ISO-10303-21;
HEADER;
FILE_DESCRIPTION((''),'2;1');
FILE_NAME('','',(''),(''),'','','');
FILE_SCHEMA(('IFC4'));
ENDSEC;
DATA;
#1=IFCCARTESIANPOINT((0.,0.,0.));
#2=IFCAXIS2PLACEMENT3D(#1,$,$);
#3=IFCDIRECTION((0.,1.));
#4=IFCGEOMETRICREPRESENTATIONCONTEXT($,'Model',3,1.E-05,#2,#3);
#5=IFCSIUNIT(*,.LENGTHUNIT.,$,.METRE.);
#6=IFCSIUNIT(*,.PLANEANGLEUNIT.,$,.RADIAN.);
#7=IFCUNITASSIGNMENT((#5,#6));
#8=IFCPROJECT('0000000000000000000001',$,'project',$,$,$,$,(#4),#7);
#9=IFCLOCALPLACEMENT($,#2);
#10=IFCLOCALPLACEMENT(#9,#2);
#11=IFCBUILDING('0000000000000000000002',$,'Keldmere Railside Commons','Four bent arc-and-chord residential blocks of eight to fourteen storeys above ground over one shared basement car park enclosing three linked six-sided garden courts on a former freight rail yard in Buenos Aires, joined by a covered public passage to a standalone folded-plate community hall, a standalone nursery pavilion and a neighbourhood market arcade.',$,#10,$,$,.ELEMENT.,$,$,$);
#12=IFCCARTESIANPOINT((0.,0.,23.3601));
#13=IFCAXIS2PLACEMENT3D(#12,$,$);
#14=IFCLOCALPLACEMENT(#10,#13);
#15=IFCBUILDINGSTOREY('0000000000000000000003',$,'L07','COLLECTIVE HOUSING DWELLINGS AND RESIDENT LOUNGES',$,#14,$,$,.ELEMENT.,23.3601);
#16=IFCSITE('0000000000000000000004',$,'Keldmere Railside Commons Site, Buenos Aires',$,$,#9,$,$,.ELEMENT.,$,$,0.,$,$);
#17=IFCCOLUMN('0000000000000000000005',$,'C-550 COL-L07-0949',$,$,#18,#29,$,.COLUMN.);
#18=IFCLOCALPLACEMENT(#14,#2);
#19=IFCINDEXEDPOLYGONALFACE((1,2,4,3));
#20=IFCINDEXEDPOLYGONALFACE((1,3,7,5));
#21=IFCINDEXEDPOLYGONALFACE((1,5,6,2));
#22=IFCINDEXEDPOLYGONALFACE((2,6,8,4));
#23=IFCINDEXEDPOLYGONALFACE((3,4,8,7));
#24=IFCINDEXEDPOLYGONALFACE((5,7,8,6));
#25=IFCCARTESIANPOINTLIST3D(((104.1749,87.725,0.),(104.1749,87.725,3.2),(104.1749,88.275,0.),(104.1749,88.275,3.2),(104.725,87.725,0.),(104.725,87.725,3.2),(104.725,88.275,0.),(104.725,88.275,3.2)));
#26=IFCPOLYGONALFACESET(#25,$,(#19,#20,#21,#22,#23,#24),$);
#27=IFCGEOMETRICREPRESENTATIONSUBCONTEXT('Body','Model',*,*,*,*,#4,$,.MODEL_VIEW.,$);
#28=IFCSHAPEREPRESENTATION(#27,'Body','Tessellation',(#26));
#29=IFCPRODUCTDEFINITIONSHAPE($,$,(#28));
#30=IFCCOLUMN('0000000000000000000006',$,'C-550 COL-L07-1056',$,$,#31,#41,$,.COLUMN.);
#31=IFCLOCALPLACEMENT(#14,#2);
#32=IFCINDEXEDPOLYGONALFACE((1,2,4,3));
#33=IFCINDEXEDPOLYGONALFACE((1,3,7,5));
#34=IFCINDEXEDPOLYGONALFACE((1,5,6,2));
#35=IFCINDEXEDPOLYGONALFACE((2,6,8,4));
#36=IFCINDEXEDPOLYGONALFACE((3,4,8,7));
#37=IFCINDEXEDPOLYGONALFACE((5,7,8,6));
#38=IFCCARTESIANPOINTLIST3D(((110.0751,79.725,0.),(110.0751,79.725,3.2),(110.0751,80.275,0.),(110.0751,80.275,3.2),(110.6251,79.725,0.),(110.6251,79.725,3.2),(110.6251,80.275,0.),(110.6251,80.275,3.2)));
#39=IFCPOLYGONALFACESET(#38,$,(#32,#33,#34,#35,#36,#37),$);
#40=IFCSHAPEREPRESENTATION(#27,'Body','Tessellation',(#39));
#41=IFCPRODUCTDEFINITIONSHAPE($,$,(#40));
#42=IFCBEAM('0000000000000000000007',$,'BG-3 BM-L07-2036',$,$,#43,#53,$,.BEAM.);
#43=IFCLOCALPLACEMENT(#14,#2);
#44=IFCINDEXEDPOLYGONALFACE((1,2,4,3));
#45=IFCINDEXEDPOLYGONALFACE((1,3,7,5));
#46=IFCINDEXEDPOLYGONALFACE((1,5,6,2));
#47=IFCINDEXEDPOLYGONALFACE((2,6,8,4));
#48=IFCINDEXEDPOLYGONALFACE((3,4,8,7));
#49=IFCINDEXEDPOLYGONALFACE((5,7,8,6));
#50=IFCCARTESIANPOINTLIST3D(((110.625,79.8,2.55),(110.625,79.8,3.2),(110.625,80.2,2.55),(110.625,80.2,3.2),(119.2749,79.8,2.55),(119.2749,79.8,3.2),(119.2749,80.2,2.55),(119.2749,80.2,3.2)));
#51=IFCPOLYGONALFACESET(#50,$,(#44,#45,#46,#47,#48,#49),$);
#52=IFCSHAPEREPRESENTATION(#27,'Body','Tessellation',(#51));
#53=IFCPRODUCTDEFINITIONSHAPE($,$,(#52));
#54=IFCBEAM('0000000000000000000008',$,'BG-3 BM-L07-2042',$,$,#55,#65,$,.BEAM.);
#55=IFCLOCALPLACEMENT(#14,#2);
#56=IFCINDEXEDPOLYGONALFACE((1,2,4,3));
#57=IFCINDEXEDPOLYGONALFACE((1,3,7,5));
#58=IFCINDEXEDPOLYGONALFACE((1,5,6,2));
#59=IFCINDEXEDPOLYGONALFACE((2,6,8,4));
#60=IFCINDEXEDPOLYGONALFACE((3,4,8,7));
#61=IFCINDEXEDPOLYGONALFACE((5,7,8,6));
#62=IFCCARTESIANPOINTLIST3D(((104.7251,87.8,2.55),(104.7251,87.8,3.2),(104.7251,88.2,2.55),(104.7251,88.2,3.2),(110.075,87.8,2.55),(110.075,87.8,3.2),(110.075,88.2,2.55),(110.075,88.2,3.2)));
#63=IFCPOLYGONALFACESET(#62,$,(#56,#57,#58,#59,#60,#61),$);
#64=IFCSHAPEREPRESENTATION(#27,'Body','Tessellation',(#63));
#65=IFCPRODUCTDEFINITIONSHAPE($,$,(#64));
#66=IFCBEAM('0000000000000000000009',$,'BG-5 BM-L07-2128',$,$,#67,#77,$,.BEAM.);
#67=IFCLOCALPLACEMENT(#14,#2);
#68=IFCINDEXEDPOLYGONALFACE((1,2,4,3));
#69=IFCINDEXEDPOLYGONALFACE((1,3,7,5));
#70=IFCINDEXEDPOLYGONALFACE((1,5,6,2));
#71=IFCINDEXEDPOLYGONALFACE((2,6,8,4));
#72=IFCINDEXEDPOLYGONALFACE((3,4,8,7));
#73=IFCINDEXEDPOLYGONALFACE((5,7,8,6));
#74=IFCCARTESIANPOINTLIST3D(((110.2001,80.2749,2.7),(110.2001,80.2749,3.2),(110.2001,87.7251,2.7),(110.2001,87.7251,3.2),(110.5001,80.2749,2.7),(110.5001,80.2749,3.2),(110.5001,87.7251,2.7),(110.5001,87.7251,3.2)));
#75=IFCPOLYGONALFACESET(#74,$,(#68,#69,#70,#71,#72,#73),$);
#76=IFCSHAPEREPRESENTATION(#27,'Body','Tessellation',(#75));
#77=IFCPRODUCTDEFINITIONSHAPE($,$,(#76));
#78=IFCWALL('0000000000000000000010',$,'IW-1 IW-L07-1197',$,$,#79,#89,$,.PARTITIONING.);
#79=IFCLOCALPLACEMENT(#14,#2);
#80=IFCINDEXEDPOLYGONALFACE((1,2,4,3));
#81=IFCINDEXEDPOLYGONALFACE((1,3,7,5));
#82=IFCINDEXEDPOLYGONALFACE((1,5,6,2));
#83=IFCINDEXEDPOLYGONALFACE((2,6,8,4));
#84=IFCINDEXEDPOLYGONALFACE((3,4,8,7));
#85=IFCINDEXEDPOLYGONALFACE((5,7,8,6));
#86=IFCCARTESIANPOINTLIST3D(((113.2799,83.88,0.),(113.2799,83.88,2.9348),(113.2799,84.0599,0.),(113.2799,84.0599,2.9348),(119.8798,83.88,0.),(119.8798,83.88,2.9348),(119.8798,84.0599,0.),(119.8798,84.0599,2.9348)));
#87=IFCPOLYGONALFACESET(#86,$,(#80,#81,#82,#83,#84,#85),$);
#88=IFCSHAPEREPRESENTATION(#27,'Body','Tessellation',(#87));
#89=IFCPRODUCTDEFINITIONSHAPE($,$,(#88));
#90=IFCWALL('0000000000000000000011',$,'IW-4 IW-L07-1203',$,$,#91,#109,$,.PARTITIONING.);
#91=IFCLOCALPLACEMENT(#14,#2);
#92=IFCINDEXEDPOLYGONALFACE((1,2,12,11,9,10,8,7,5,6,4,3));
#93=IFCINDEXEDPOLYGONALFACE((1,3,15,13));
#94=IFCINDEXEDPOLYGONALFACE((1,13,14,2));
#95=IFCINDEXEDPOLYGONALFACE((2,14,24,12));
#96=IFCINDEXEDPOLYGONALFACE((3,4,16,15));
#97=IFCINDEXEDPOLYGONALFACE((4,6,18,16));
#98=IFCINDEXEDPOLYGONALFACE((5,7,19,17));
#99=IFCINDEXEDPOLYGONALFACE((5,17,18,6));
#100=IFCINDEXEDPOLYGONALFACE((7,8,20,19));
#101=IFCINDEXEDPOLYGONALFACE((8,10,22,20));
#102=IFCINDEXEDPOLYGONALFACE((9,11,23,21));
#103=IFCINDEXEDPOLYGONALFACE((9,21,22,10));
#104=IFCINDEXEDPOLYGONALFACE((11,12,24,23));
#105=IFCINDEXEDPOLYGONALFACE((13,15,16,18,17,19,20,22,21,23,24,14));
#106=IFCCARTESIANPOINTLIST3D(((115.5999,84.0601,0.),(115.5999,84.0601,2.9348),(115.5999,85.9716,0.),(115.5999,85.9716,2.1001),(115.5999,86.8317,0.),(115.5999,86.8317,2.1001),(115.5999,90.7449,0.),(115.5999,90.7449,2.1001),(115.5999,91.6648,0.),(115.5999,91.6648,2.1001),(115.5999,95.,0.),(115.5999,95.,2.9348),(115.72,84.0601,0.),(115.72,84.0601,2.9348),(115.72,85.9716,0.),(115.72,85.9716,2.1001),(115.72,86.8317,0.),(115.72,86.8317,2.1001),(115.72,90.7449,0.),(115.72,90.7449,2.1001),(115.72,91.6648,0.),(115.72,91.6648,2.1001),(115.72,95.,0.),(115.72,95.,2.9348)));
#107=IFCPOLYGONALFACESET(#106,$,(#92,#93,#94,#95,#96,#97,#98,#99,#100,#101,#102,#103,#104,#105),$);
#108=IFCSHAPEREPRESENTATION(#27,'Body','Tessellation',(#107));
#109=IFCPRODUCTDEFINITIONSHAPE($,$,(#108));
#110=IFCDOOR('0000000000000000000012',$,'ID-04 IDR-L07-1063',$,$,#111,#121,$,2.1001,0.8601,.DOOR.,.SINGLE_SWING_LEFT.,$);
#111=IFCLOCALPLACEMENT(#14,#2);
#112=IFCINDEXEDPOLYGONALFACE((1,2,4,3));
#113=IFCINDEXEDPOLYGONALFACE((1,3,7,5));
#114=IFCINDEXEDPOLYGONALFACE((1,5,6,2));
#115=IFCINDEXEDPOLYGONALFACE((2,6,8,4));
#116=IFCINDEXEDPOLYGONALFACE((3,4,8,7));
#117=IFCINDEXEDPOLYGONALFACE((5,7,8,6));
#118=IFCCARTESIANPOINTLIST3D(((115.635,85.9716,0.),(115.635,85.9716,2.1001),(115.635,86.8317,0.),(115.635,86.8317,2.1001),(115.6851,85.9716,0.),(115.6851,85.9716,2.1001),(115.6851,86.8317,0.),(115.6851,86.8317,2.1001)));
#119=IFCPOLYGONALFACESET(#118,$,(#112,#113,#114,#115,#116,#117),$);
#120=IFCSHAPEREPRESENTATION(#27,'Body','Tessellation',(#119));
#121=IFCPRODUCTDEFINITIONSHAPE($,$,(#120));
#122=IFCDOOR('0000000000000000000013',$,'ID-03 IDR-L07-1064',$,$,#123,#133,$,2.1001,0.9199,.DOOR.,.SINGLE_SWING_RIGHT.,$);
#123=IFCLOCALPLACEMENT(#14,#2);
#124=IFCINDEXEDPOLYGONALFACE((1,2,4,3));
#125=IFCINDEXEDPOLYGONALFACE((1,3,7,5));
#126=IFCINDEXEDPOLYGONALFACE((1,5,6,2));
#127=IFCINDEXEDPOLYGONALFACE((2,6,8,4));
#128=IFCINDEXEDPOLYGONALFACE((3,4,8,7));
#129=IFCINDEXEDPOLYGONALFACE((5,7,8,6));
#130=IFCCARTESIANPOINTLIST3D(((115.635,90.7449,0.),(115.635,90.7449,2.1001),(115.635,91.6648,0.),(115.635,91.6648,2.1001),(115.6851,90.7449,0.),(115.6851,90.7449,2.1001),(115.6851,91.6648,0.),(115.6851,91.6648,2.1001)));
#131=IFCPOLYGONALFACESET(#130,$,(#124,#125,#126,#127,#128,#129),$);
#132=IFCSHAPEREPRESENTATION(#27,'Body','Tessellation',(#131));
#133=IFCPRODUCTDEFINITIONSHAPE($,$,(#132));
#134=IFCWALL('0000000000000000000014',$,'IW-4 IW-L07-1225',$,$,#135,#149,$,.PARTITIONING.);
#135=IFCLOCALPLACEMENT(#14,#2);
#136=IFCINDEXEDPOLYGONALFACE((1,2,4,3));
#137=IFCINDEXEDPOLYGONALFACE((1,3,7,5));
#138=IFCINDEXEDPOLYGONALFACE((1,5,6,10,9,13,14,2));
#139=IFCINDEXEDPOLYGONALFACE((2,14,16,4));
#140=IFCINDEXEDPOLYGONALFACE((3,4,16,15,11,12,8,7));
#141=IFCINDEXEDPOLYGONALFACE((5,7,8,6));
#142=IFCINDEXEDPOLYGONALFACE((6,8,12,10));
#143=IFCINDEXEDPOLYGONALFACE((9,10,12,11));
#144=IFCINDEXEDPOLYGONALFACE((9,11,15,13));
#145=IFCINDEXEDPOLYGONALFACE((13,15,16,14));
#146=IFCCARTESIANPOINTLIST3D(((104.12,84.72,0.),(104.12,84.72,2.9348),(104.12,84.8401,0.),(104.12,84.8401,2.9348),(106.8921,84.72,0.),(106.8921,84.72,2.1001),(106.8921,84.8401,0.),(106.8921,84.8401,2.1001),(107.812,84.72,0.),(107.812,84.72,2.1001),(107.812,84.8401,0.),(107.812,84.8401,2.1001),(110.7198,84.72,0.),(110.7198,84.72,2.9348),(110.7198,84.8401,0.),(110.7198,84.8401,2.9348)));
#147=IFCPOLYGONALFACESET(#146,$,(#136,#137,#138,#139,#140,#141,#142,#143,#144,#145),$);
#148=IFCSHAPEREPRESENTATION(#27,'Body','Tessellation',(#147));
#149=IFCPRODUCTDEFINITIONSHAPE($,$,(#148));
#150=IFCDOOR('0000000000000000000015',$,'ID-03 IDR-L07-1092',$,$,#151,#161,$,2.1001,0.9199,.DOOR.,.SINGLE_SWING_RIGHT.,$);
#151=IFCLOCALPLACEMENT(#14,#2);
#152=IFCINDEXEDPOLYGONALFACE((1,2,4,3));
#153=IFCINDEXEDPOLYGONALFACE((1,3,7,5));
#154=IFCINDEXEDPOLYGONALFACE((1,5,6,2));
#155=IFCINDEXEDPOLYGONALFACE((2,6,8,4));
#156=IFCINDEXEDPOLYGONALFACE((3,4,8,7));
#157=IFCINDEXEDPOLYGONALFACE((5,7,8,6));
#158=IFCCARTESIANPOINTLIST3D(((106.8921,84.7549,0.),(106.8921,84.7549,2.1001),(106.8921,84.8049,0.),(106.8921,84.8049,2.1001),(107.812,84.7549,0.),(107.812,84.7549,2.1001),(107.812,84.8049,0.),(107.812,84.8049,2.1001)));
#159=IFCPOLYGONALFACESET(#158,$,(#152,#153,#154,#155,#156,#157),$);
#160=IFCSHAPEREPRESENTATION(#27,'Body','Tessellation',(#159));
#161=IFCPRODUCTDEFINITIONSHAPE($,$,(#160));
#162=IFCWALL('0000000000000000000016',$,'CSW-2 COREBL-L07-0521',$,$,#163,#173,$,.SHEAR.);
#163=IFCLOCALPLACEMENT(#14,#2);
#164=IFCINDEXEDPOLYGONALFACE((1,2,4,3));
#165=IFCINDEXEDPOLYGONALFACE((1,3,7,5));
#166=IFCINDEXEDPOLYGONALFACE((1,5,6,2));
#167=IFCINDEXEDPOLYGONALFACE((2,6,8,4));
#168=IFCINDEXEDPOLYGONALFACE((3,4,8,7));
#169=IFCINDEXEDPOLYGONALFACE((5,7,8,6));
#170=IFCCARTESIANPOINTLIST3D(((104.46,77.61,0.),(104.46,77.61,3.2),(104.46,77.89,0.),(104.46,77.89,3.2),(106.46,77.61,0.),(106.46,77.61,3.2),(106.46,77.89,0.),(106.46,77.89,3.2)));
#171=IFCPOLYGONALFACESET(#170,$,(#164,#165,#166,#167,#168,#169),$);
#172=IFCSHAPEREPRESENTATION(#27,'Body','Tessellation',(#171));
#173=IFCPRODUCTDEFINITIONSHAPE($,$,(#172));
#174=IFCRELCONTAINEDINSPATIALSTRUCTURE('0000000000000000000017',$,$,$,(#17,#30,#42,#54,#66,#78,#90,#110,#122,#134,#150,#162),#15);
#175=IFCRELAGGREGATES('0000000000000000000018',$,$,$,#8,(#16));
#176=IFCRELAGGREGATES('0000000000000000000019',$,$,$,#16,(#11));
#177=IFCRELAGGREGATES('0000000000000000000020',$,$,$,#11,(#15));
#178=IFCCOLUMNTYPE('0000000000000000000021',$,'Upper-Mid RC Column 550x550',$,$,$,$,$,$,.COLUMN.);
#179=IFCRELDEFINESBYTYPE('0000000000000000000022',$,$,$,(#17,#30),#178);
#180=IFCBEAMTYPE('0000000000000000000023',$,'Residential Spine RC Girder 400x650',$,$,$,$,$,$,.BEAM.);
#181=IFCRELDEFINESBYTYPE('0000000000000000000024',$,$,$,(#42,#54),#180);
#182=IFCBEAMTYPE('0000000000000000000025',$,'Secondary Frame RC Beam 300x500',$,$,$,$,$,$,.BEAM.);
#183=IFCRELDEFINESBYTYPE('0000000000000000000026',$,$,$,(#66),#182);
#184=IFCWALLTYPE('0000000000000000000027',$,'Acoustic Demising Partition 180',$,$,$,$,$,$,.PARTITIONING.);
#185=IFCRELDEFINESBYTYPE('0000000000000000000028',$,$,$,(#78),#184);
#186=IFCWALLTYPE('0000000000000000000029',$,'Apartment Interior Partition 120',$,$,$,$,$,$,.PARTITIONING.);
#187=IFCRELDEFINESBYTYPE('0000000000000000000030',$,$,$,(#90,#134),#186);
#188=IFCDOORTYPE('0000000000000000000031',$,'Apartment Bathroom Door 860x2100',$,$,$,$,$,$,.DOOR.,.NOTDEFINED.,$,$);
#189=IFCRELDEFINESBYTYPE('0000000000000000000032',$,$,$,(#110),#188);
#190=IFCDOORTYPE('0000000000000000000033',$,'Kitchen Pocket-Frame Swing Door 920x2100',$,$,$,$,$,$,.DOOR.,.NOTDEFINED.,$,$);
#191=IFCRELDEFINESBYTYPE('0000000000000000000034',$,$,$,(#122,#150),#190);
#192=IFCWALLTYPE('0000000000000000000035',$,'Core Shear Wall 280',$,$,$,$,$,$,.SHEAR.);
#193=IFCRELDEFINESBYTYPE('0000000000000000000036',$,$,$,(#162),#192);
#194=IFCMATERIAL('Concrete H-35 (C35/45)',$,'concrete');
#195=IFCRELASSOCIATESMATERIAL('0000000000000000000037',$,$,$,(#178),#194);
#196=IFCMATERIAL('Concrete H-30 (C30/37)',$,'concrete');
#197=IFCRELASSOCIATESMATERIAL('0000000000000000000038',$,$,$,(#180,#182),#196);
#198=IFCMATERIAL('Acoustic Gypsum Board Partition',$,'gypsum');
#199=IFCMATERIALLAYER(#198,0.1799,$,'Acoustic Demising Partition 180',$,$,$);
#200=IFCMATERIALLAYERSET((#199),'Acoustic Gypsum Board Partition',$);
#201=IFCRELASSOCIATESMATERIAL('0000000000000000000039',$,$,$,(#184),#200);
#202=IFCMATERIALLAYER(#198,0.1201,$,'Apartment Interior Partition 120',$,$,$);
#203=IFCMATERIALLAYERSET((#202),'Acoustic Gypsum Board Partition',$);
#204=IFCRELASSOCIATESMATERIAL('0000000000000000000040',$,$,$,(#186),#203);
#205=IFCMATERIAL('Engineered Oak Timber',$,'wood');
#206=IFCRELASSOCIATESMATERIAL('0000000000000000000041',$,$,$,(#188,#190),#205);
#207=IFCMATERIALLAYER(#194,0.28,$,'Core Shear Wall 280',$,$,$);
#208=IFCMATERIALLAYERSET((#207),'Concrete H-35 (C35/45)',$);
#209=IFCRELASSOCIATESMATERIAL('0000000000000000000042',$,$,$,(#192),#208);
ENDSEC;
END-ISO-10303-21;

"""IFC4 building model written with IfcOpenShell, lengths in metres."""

from ifc_helpers import new_model, si_unit, direction, frame, frame_2d, origin, origin_2d, place, context, subcontext, project, spatial, rectangle, extrude, material, layer, layer_set, material_profile, profile_set, type_object, element, fill, save


model = new_model("IFC4")

# Units and contexts
model_context = context("Model", 3, precision=1e-05, world=origin(), true_north=direction((0.0, 1.0)))
body_context = subcontext(model_context, "Body", "Model", "MODEL_VIEW")
ifc_project = project(units=[si_unit("LENGTHUNIT", "METRE"), si_unit("PLANEANGLEUNIT", "RADIAN")], contexts=[model_context])

# Site, building, storey
site_placement = place(None, origin())
site = spatial("IfcSite", under=ifc_project, at=site_placement, Name="Keldmere Railside Commons Site, Buenos Aires", CompositionType="ELEMENT", RefElevation=0.0)
building_placement = place(site_placement, origin())
building = spatial("IfcBuilding", under=site, at=building_placement, Name="Keldmere Railside Commons", Description="Four bent arc-and-chord residential blocks of eight to fourteen storeys above ground over one shared basement car park enclosing three linked six-sided garden courts on a former freight rail yard in Buenos Aires, joined by a covered public passage to a standalone folded-plate community hall, a standalone nursery pavilion and a neighbourhood market arcade.", CompositionType="ELEMENT")
storey_placement = place(building_placement, frame((0.0, 0.0, 23.3601)))
storey = spatial("IfcBuildingStorey", under=building, at=storey_placement, Name="L07", Description="COLLECTIVE HOUSING DWELLINGS AND RESIDENT LOUNGES", CompositionType="ELEMENT", Elevation=23.3601)

# Columns
ifc_material_1 = material(Name="Concrete H-35 (C35/45)", Category="concrete")
ifc_material_profile_1 = material_profile(ifc_material_1, rectangle(XDim=0.55, YDim=0.55, at=origin_2d()), Name="RC-550x550")
ifc_profile_set_1 = profile_set([ifc_material_profile_1], Name="Concrete H-35 (C35/45)")
column_type = type_object("IfcColumnType", Name="Upper-Mid RC Column 550x550", PredefinedType="COLUMN", material=ifc_profile_set_1)
for number, where, z_axis, x_axis, name in (
    (1, (104.45, 88.0, 0.0), (0.0, 0.0, 1.0), (1.0, 0.0, 0.0), "C-550 COL-L07-0949"),
    (2, (110.3501, 80.0, 0.0), (0.0, 0.0, 1.0), (1.0, 0.0, 0.0), "C-550 COL-L07-1056"),
):
    element("IfcColumn", number, at=place(storey_placement, frame(where, z_axis=z_axis, x_axis=x_axis)), inside=storey, type_object=column_type, Name=name, PredefinedType="COLUMN", context=body_context, shape_type="SweptSolid", body=[
        extrude(rectangle(XDim=0.55, YDim=0.55, at=origin_2d()), origin(), (0.0, 0.0, 1.0), 3.2),
    ])

# Beams
ifc_material_2 = material(Name="Concrete H-30 (C30/37)", Category="concrete")
ifc_material_profile_2 = material_profile(ifc_material_2, rectangle(XDim=0.3999, YDim=0.6499, at=origin_2d()), Name="RC-400x650")
ifc_profile_set_2 = profile_set([ifc_material_profile_2], Name="Concrete H-30 (C30/37)")
beam_type_1 = type_object("IfcBeamType", Name="Residential Spine RC Girder 400x650", PredefinedType="BEAM", material=ifc_profile_set_2)
beam_1_placement = place(storey_placement, frame((110.625, 80.0, 2.875), z_axis=(1.0, 0.0, 0.0), x_axis=(0.0, 1.0, 0.0)))
element("IfcBeam", 3, at=beam_1_placement, inside=storey, type_object=beam_type_1, Name="BG-3 BM-L07-2036", PredefinedType="BEAM", context=body_context, shape_type="SweptSolid", body=[
    extrude(rectangle(XDim=0.3999, YDim=0.6499, at=origin_2d()), origin(), (0.0, 0.0, 1.0), 8.6499),
])
beam_2_placement = place(storey_placement, frame((104.7251, 88.0, 2.875), z_axis=(1.0, 0.0, 0.0), x_axis=(0.0, 1.0, 0.0)))
element("IfcBeam", 4, at=beam_2_placement, inside=storey, type_object=beam_type_1, Name="BG-3 BM-L07-2042", PredefinedType="BEAM", context=body_context, shape_type="SweptSolid", body=[
    extrude(rectangle(XDim=0.3999, YDim=0.6499, at=origin_2d()), origin(), (0.0, 0.0, 1.0), 5.3499),
])
ifc_material_profile_3 = material_profile(ifc_material_2, rectangle(XDim=0.3, YDim=0.5, at=origin_2d()), Name="RC-300x500")
ifc_profile_set_3 = profile_set([ifc_material_profile_3], Name="Concrete H-30 (C30/37)")
beam_type_2 = type_object("IfcBeamType", Name="Secondary Frame RC Beam 300x500", PredefinedType="BEAM", material=ifc_profile_set_3)
beam_3_placement = place(storey_placement, frame((110.3501, 80.2749, 2.95), z_axis=(0.0, 1.0, 0.0), x_axis=(-1.0, 0.0, 0.0)))
element("IfcBeam", 5, at=beam_3_placement, inside=storey, type_object=beam_type_2, Name="BG-5 BM-L07-2128", PredefinedType="BEAM", context=body_context, shape_type="SweptSolid", body=[
    extrude(rectangle(XDim=0.3, YDim=0.5, at=origin_2d()), origin(), (0.0, 0.0, 1.0), 7.4502),
])

# Wall
ifc_material_3 = material(Name="Acoustic Gypsum Board Partition", Category="gypsum")
ifc_layer_1 = layer(ifc_material_3, 0.1799, Name="Acoustic Demising Partition 180")
ifc_layer_set_1 = layer_set([ifc_layer_1], Name="Acoustic Gypsum Board Partition")
wall_type_1 = type_object("IfcWallType", Name="Acoustic Demising Partition 180", PredefinedType="PARTITIONING", material=ifc_layer_set_1)
wall_1_placement = place(storey_placement, frame((113.28, 83.97, 0.0), z_axis=(0.0, 0.0, 1.0), x_axis=(1.0, 0.0, 0.0)))
element("IfcWall", 6, at=wall_1_placement, inside=storey, type_object=wall_type_1, Name="IW-1 IW-L07-1197", PredefinedType="PARTITIONING", context=body_context, shape_type="SweptSolid", body=[
    extrude(rectangle(XDim=6.5999, YDim=0.1799, at=frame_2d((3.2998, 0.0))), origin(), (0.0, 0.0, 1.0), 2.9348),
])

# Wall, openings, doors
ifc_layer_2 = layer(ifc_material_3, 0.1201, Name="Apartment Interior Partition 120")
ifc_layer_set_2 = layer_set([ifc_layer_2], Name="Acoustic Gypsum Board Partition")
wall_type_2 = type_object("IfcWallType", Name="Apartment Interior Partition 120", PredefinedType="PARTITIONING", material=ifc_layer_set_2)
wall_2_placement = place(storey_placement, frame((115.6599, 84.0601, 0.0), z_axis=(0.0, 0.0, 1.0), x_axis=(0.0, 1.0, 0.0)))
wall_2 = element("IfcWall", 7, at=wall_2_placement, inside=storey, type_object=wall_type_2, Name="IW-4 IW-L07-1203", PredefinedType="PARTITIONING", context=body_context, shape_type="SweptSolid", body=[
    extrude(rectangle(XDim=10.9399, YDim=0.1201, at=frame_2d((5.47, 0.0))), origin(), (0.0, 0.0, 1.0), 2.9348),
])
opening_1_placement = place(wall_2_placement, frame((1.9114, 0.0, 0.0)))
opening_1 = element("IfcOpeningElement", 8, at=opening_1_placement, cuts=wall_2, PredefinedType="OPENING", context=body_context, shape_type="SweptSolid", body=[
    extrude(rectangle(XDim=0.8601, YDim=2.1001, at=frame_2d((0.4302, 1.05))), frame((0.0, 0.0701, 0.0), z_axis=(0.0, -1.0, 0.0), x_axis=(1.0, 0.0, 0.0)), (0.0, 0.0, 1.0), 0.1401),
])
opening_2_placement = place(wall_2_placement, frame((6.6848, 0.0, 0.0)))
opening_2 = element("IfcOpeningElement", 9, at=opening_2_placement, cuts=wall_2, PredefinedType="OPENING", context=body_context, shape_type="SweptSolid", body=[
    extrude(rectangle(XDim=0.9199, YDim=2.1001, at=frame_2d((0.46, 1.05))), frame((0.0, 0.0701, 0.0), z_axis=(0.0, -1.0, 0.0), x_axis=(1.0, 0.0, 0.0)), (0.0, 0.0, 1.0), 0.1401),
])
ifc_material_4 = material(Name="Engineered Oak Timber", Category="wood")
door_type_1 = type_object("IfcDoorType", Name="Apartment Bathroom Door 860x2100", OperationType="NOTDEFINED", PredefinedType="DOOR", material=ifc_material_4)
door_1_placement = place(opening_1_placement, origin())
door_1 = element("IfcDoor", 10, at=door_1_placement, inside=storey, type_object=door_type_1, Name="ID-04 IDR-L07-1063", OperationType="SINGLE_SWING_LEFT", OverallHeight=2.1001, OverallWidth=0.8601, PredefinedType="DOOR", context=body_context, shape_type="SweptSolid", body=[
    extrude(rectangle(XDim=0.8601, YDim=2.1001, at=frame_2d((0.4302, 1.05))), frame((0.0, 0.0249, 0.0), z_axis=(0.0, -1.0, 0.0), x_axis=(1.0, 0.0, 0.0)), (0.0, 0.0, 1.0), 0.05),
])
fill(opening_1, door_1)
door_type_2 = type_object("IfcDoorType", Name="Kitchen Pocket-Frame Swing Door 920x2100", OperationType="NOTDEFINED", PredefinedType="DOOR", material=ifc_material_4)
door_2_placement = place(opening_2_placement, origin())
door_2 = element("IfcDoor", 11, at=door_2_placement, inside=storey, type_object=door_type_2, Name="ID-03 IDR-L07-1064", OperationType="SINGLE_SWING_RIGHT", OverallHeight=2.1001, OverallWidth=0.9199, PredefinedType="DOOR", context=body_context, shape_type="SweptSolid", body=[
    extrude(rectangle(XDim=0.9199, YDim=2.1001, at=frame_2d((0.46, 1.05))), frame((0.0, 0.0249, 0.0), z_axis=(0.0, -1.0, 0.0), x_axis=(1.0, 0.0, 0.0)), (0.0, 0.0, 1.0), 0.05),
])
fill(opening_2, door_2)

# Wall, opening, door
wall_3_placement = place(storey_placement, frame((104.1201, 84.78, 0.0), z_axis=(0.0, 0.0, 1.0), x_axis=(1.0, 0.0, 0.0)))
wall_3 = element("IfcWall", 12, at=wall_3_placement, inside=storey, type_object=wall_type_2, Name="IW-4 IW-L07-1225", PredefinedType="PARTITIONING", context=body_context, shape_type="SweptSolid", body=[
    extrude(rectangle(XDim=6.5999, YDim=0.1201, at=frame_2d((3.2998, 0.0))), origin(), (0.0, 0.0, 1.0), 2.9348),
])
opening_3_placement = place(wall_3_placement, frame((2.772, 0.0, 0.0)))
opening_3 = element("IfcOpeningElement", 13, at=opening_3_placement, cuts=wall_3, PredefinedType="OPENING", context=body_context, shape_type="SweptSolid", body=[
    extrude(rectangle(XDim=0.9199, YDim=2.1001, at=frame_2d((0.46, 1.05))), frame((0.0, 0.0701, 0.0), z_axis=(0.0, -1.0, 0.0), x_axis=(1.0, 0.0, 0.0)), (0.0, 0.0, 1.0), 0.1401),
])
door_3_placement = place(opening_3_placement, origin())
door_3 = element("IfcDoor", 14, at=door_3_placement, inside=storey, type_object=door_type_2, Name="ID-03 IDR-L07-1092", OperationType="SINGLE_SWING_RIGHT", OverallHeight=2.1001, OverallWidth=0.9199, PredefinedType="DOOR", context=body_context, shape_type="SweptSolid", body=[
    extrude(rectangle(XDim=0.9199, YDim=2.1001, at=frame_2d((0.46, 1.05))), frame((0.0, 0.0249, 0.0), z_axis=(0.0, -1.0, 0.0), x_axis=(1.0, 0.0, 0.0)), (0.0, 0.0, 1.0), 0.05),
])
fill(opening_3, door_3)

# Wall
ifc_layer_3 = layer(ifc_material_1, 0.28, Name="Core Shear Wall 280")
ifc_layer_set_3 = layer_set([ifc_layer_3], Name="Concrete H-35 (C35/45)")
wall_type_3 = type_object("IfcWallType", Name="Core Shear Wall 280", PredefinedType="SHEAR", material=ifc_layer_set_3)
wall_4_placement = place(storey_placement, frame((104.46, 77.75, 0.0), z_axis=(0.0, 0.0, 1.0), x_axis=(1.0, 0.0, 0.0)))
element("IfcWall", 15, at=wall_4_placement, inside=storey, type_object=wall_type_3, Name="CSW-2 COREBL-L07-0521", PredefinedType="SHEAR", context=body_context, shape_type="SweptSolid", body=[
    extrude(rectangle(XDim=2.0, YDim=0.28, at=frame_2d((1.0, 0.0))), origin(), (0.0, 0.0, 1.0), 3.2),
])

save(model, "model.ifc")
